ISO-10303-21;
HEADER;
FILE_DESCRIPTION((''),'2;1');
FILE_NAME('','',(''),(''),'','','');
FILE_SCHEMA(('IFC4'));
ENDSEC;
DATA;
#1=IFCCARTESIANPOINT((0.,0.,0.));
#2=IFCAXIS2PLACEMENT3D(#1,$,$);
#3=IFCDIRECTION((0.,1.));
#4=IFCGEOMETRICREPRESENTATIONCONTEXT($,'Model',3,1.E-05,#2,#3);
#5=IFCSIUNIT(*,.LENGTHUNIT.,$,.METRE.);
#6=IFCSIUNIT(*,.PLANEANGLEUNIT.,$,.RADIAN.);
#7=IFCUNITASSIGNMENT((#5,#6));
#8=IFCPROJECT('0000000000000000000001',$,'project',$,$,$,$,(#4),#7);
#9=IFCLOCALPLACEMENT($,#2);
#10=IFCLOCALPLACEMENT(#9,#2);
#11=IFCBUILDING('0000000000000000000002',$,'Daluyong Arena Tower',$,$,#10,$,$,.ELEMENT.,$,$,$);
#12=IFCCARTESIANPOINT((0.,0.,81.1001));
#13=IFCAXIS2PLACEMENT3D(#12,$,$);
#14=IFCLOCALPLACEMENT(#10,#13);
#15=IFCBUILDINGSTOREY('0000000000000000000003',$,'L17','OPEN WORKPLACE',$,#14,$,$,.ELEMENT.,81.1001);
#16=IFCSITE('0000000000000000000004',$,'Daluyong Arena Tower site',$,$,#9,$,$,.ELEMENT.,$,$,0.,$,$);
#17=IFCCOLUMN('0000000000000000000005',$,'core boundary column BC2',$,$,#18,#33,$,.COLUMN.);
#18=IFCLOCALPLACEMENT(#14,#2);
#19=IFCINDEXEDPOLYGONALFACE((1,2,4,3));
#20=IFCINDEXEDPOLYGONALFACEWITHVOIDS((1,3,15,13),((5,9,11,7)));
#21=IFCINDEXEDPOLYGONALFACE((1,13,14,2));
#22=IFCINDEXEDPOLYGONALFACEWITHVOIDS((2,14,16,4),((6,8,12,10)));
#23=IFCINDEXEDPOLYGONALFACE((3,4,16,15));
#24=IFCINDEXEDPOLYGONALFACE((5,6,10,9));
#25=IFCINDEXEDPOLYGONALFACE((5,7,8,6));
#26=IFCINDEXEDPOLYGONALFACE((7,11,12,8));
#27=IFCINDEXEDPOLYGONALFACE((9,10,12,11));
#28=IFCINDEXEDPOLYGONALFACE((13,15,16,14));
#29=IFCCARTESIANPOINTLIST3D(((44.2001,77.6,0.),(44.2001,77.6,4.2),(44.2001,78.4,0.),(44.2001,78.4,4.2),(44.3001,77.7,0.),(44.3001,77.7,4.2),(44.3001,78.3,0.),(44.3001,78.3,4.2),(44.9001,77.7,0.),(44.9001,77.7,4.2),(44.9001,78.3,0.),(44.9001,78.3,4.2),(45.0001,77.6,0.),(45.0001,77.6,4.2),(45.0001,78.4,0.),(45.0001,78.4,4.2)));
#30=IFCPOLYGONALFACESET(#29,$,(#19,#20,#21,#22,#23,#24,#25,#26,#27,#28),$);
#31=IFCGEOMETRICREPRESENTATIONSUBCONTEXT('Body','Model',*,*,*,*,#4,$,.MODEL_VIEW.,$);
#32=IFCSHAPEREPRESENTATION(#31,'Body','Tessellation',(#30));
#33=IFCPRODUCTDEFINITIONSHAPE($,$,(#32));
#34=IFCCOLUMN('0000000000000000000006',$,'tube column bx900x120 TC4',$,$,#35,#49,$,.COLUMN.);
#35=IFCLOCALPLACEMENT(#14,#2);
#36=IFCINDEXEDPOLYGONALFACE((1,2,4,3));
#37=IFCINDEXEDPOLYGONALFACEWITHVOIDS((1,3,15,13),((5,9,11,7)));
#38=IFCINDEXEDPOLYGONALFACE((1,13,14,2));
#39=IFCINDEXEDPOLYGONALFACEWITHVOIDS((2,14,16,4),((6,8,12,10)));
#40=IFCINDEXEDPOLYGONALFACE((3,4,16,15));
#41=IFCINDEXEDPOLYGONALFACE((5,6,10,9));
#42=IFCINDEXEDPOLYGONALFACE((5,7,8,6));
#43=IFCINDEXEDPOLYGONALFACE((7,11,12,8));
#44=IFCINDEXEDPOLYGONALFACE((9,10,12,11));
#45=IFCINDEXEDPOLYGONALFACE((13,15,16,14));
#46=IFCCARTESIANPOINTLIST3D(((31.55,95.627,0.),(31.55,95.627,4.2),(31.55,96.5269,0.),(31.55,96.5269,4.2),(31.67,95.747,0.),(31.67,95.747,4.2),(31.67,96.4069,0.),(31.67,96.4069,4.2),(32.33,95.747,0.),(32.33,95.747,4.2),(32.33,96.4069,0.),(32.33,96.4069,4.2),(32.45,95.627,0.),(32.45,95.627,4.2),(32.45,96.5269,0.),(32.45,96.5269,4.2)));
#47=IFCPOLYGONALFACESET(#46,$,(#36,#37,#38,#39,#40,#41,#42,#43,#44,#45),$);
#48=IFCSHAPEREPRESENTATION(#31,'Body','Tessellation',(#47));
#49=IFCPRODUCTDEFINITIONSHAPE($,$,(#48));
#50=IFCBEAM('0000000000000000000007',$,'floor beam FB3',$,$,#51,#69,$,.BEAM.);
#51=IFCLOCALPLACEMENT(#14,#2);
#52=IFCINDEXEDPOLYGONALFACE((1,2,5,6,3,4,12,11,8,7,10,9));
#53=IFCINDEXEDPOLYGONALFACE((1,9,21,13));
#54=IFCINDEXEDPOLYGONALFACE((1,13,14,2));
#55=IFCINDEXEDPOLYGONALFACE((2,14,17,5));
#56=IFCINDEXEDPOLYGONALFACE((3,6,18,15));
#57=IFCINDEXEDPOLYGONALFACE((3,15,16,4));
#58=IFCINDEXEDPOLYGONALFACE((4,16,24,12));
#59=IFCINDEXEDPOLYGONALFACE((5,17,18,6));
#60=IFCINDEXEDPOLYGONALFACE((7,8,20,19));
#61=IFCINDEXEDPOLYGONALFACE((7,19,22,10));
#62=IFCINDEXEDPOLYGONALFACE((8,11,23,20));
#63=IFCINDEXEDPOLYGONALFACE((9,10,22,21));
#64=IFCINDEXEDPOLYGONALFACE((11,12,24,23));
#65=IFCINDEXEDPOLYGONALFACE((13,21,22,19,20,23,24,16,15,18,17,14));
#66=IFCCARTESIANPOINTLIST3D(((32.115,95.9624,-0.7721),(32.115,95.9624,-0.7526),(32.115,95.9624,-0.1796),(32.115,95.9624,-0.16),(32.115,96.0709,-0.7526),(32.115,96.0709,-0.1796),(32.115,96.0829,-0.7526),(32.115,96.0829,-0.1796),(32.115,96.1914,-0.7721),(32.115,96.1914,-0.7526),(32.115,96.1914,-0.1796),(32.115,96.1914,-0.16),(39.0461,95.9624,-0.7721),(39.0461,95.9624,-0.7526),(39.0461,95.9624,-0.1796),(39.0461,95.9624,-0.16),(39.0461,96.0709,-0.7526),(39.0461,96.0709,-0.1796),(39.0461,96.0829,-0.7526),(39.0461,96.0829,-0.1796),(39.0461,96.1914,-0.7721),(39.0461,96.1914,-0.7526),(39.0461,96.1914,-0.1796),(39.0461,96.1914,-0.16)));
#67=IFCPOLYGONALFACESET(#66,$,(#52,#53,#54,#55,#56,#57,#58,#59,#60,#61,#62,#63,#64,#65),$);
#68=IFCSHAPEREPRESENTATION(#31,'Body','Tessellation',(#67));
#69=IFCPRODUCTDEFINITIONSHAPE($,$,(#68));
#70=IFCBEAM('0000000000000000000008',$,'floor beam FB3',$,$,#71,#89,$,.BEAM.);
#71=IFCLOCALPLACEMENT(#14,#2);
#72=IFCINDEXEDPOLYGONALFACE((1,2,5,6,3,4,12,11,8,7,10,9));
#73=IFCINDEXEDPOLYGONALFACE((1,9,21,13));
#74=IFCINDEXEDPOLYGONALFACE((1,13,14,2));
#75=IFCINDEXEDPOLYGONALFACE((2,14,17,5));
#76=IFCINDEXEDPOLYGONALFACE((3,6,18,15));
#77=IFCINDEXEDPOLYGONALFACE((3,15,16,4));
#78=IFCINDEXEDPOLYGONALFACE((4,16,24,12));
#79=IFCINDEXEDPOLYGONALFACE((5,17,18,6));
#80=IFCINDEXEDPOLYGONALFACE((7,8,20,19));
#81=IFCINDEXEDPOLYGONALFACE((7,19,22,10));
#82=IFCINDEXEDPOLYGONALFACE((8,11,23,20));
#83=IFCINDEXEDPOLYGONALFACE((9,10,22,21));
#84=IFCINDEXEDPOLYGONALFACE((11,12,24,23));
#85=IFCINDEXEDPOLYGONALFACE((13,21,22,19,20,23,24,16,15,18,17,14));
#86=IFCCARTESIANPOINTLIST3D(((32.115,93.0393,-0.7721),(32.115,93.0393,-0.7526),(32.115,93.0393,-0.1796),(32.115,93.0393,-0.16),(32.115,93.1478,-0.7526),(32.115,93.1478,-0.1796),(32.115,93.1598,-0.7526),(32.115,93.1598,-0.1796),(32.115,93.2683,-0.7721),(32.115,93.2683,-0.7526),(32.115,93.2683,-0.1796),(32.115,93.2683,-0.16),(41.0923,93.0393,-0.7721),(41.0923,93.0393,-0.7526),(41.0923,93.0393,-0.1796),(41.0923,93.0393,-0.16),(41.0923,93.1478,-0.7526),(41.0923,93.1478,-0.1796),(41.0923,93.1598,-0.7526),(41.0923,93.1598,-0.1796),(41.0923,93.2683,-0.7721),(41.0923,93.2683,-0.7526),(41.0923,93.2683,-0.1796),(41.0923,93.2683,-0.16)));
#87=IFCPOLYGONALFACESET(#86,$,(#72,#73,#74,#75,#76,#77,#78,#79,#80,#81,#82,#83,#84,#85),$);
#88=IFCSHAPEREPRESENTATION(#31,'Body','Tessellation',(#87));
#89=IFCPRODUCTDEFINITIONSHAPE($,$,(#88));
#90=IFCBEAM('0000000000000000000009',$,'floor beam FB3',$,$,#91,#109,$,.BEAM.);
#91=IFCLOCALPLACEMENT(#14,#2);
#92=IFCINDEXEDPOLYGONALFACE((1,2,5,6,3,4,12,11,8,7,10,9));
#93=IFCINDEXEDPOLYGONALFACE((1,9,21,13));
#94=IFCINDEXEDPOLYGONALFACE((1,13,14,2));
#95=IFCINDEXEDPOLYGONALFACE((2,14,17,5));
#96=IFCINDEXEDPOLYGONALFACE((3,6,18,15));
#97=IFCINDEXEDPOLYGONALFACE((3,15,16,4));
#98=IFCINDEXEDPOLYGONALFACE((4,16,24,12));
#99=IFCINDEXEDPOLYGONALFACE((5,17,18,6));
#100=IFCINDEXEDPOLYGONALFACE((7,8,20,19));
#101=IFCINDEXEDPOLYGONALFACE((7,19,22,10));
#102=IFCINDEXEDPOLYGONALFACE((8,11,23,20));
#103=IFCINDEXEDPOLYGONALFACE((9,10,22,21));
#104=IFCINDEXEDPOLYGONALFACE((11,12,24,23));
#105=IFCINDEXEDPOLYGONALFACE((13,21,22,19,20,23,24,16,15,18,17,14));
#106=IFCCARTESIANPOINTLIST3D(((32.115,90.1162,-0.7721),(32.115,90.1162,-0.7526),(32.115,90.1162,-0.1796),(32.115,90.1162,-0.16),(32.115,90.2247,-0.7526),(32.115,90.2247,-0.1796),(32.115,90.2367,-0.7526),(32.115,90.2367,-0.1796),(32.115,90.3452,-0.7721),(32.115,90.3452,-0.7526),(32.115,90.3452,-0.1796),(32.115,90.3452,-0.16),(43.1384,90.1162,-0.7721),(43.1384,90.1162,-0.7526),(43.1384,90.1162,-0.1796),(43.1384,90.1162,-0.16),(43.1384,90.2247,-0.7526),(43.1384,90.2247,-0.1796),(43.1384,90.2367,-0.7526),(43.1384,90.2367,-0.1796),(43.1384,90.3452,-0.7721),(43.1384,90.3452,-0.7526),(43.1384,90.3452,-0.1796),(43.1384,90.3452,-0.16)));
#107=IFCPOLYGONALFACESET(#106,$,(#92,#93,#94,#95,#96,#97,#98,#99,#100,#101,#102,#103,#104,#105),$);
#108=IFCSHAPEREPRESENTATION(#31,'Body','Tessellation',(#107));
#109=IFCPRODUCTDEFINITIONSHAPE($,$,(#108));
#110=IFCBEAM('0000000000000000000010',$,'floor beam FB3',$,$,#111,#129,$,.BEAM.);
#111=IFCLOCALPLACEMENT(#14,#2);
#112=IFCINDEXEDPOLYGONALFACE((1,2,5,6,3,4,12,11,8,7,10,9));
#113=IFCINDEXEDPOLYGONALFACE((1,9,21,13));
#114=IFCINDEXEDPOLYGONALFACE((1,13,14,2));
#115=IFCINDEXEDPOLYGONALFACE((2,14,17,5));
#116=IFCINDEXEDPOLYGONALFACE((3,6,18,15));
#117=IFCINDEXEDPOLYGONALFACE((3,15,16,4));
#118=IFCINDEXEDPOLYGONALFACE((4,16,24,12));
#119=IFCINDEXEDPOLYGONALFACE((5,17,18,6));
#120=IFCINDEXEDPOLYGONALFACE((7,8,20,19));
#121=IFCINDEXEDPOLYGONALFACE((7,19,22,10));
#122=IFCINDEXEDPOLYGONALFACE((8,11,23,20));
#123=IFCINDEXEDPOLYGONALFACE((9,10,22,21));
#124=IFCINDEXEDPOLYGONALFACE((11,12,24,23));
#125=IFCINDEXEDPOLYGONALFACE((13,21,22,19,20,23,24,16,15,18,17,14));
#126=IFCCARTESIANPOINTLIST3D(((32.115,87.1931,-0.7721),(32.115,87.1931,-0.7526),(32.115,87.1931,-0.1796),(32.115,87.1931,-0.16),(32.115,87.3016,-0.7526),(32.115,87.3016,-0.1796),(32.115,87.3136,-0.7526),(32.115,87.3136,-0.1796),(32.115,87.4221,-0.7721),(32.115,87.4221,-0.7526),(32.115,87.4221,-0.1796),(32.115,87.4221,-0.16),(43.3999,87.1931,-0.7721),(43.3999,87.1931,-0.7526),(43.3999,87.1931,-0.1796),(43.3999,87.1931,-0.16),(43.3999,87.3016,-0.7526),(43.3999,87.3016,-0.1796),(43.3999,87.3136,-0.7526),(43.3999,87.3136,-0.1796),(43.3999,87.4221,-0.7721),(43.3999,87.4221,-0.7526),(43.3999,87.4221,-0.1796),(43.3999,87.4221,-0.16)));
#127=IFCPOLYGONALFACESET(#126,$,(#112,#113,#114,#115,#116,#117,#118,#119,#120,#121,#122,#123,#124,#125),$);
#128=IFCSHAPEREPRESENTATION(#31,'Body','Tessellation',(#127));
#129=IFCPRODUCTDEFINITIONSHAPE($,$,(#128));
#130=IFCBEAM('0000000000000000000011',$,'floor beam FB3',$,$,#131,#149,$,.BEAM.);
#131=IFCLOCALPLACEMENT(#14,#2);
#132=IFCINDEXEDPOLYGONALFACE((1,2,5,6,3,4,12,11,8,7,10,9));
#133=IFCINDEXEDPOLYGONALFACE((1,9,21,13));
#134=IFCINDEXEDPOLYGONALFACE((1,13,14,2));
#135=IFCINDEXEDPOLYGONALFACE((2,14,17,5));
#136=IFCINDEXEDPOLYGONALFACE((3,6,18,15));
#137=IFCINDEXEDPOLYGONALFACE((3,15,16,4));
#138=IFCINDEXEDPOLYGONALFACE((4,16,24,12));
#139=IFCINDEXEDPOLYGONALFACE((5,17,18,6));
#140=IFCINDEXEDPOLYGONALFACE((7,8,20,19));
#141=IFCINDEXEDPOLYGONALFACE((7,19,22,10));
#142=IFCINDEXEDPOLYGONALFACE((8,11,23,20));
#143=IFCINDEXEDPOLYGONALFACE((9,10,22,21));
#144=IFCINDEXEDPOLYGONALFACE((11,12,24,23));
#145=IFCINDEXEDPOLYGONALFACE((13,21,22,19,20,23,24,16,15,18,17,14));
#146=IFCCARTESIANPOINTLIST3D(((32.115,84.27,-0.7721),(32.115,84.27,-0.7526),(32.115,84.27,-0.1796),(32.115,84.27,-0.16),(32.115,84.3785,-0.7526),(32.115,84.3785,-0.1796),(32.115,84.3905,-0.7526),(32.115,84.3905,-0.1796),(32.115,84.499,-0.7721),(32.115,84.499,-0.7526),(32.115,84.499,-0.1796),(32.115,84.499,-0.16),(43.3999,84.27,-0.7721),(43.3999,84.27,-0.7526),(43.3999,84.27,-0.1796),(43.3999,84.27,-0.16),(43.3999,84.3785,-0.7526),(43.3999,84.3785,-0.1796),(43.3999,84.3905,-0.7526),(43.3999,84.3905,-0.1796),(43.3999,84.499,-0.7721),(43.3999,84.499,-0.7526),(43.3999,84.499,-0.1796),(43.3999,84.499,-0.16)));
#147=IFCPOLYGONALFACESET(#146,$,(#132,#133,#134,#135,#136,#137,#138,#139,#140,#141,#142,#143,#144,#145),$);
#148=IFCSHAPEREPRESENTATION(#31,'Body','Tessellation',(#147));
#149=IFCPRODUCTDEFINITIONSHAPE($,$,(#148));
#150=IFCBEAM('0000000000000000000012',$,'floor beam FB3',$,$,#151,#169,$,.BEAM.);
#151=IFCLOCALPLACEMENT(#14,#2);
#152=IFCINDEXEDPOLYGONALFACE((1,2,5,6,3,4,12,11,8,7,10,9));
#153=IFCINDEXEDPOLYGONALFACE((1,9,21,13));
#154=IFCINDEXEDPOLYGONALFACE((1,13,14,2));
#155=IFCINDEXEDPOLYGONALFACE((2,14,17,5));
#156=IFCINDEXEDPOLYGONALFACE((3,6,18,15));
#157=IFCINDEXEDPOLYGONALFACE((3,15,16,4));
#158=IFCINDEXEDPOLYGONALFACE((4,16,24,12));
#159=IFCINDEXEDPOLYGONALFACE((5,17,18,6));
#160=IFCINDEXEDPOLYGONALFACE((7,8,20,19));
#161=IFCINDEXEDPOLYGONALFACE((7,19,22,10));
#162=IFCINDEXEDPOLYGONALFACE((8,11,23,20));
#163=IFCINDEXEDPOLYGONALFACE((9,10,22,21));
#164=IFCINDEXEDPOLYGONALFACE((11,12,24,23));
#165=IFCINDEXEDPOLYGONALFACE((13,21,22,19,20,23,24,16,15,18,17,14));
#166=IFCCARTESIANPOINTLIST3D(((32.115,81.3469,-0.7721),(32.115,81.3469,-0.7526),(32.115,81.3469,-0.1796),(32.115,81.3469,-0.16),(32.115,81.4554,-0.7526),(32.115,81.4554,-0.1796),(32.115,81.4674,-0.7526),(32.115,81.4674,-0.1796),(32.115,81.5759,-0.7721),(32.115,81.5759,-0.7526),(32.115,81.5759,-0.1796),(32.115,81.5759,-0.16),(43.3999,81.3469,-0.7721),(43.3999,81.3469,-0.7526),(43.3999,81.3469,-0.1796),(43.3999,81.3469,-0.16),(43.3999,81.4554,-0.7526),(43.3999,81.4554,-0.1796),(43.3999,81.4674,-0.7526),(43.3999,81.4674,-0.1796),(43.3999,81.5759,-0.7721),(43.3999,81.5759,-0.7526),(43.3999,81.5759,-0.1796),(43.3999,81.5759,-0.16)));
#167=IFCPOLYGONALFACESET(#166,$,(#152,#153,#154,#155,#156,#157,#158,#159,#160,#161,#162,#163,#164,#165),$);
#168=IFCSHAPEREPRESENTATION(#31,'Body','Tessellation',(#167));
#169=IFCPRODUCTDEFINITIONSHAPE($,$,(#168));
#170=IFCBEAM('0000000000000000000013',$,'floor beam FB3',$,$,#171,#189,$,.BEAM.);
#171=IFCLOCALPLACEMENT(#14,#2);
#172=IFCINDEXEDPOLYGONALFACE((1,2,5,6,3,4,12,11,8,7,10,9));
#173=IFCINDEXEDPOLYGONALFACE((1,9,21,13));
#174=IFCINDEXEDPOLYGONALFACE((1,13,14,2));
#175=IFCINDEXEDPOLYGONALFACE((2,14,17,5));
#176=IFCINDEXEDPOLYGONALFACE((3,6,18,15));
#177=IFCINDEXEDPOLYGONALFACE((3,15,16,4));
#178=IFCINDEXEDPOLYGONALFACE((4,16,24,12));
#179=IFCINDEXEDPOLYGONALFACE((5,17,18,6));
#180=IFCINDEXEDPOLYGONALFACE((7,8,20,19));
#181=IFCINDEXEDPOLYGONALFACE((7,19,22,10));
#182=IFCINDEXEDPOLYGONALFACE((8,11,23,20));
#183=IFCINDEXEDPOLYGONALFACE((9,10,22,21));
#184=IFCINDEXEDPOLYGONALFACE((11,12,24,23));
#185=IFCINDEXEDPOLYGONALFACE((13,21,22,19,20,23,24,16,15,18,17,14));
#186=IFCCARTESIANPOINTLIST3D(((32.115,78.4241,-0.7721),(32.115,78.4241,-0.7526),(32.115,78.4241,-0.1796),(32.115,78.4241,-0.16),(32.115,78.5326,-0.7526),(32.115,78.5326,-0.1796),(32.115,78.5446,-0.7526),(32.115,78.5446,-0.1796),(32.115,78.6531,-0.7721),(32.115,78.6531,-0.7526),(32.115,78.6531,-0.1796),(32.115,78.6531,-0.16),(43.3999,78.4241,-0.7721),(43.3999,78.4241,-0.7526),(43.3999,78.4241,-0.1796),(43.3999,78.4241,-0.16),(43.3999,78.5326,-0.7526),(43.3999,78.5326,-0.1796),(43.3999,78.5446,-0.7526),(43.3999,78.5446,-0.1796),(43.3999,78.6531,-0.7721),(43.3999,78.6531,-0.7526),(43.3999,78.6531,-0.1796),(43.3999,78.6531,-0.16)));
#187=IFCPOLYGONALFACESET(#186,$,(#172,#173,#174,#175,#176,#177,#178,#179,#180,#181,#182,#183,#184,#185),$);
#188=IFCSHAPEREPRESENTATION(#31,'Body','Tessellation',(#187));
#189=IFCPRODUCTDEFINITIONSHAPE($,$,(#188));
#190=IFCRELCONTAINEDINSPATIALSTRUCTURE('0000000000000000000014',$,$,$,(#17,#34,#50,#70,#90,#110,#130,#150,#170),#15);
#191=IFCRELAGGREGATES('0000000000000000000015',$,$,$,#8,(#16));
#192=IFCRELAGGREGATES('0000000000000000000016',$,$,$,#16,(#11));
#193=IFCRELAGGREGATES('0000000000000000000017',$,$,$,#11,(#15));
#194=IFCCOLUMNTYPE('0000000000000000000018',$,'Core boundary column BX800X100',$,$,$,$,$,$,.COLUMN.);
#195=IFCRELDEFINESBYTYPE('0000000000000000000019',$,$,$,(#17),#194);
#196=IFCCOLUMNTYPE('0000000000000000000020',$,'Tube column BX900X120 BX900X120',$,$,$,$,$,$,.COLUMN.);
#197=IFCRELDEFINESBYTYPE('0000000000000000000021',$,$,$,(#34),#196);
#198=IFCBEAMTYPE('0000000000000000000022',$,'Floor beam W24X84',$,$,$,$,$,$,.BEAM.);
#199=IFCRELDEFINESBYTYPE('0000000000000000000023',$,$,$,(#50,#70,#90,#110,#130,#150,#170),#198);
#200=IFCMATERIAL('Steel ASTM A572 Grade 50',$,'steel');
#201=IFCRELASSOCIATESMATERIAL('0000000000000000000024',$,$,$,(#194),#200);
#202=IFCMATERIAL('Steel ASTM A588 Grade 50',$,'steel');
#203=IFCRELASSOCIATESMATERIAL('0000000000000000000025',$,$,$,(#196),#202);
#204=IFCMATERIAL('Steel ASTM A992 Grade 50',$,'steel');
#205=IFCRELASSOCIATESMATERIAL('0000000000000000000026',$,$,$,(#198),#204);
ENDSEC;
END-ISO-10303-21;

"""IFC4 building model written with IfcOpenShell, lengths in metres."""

from ifc_helpers import new_model, si_unit, direction, frame, origin, origin_2d, place, context, subcontext, project, spatial, hollow_rectangle, i_section, extrude, material, material_profile, profile_set, type_object, element, save


model = new_model("IFC4")

# Units and contexts
model_context = context("Model", 3, precision=1e-05, world=origin(), true_north=direction((0.0, 1.0)))
body_context = subcontext(model_context, "Body", "Model", "MODEL_VIEW")
ifc_project = project(units=[si_unit("LENGTHUNIT", "METRE"), si_unit("PLANEANGLEUNIT", "RADIAN")], contexts=[model_context])

# Site, building, storey
site_placement = place(None, origin())
site = spatial("IfcSite", under=ifc_project, at=site_placement, Name="Daluyong Arena Tower site", CompositionType="ELEMENT", RefElevation=0.0)
building_placement = place(site_placement, origin())
building = spatial("IfcBuilding", under=site, at=building_placement, Name="Daluyong Arena Tower", CompositionType="ELEMENT")
storey_placement = place(building_placement, frame((0.0, 0.0, 81.1001)))
storey = spatial("IfcBuildingStorey", under=building, at=storey_placement, Name="L17", Description="OPEN WORKPLACE", CompositionType="ELEMENT", Elevation=81.1001)

# Columns
ifc_material_1 = material(Name="Steel ASTM A572 Grade 50", Category="steel")
ifc_material_profile_1 = material_profile(ifc_material_1, hollow_rectangle(XDim=0.8, YDim=0.8, WallThickness=0.1, at=origin_2d()))
ifc_profile_set_1 = profile_set([ifc_material_profile_1], Name="Steel ASTM A572 Grade 50")
column_type_1 = type_object("IfcColumnType", Name="Core boundary column BX800X100", PredefinedType="COLUMN", material=ifc_profile_set_1)
column_1_placement = place(storey_placement, frame((44.6001, 78.0, 0.0), z_axis=(0.0, 0.0, 1.0), x_axis=(1.0, 0.0, 0.0)))
element("IfcColumn", 1, at=column_1_placement, inside=storey, type_object=column_type_1, Name="core boundary column BC2", PredefinedType="COLUMN", context=body_context, shape_type="SweptSolid", body=[
    extrude(hollow_rectangle(XDim=0.8, YDim=0.8, WallThickness=0.1, at=origin_2d()), origin(), (0.0, 0.0, 1.0), 4.2),
])
ifc_material_2 = material(Name="Steel ASTM A588 Grade 50", Category="steel")
ifc_material_profile_2 = material_profile(ifc_material_2, hollow_rectangle(XDim=0.8999, YDim=0.8999, WallThickness=0.12, at=origin_2d()))
ifc_profile_set_2 = profile_set([ifc_material_profile_2], Name="Steel ASTM A588 Grade 50")
column_type_2 = type_object("IfcColumnType", Name="Tube column BX900X120 BX900X120", PredefinedType="COLUMN", material=ifc_profile_set_2)
column_2_placement = place(storey_placement, frame((32.0, 96.0769, 0.0), z_axis=(0.0, 0.0, 1.0), x_axis=(0.0, 1.0, 0.0)))
element("IfcColumn", 2, at=column_2_placement, inside=storey, type_object=column_type_2, Name="tube column bx900x120 TC4", PredefinedType="COLUMN", context=body_context, shape_type="SweptSolid", body=[
    extrude(hollow_rectangle(XDim=0.8999, YDim=0.8999, WallThickness=0.12, at=origin_2d()), origin(), (0.0, 0.0, 1.0), 4.2),
])

# Beams
ifc_material_3 = material(Name="Steel ASTM A992 Grade 50", Category="steel")
ifc_material_profile_3 = material_profile(ifc_material_3, i_section(OverallWidth=0.229, OverallDepth=0.6121, WebThickness=0.012, FlangeThickness=0.0195, at=origin_2d()))
ifc_profile_set_3 = profile_set([ifc_material_profile_3], Name="Steel ASTM A992 Grade 50")
beam_type_1 = type_object("IfcBeamType", Name="Floor beam W24X84", PredefinedType="BEAM", material=ifc_profile_set_3)
beam_1_placement = place(storey_placement, frame((32.115, 96.0769, -0.4661), z_axis=(1.0, 0.0, 0.0), x_axis=(0.0, 1.0, 0.0)))
element("IfcBeam", 3, at=beam_1_placement, inside=storey, type_object=beam_type_1, Name="floor beam FB3", PredefinedType="BEAM", context=body_context, shape_type="SweptSolid", body=[
    extrude(i_section(OverallWidth=0.229, OverallDepth=0.6121, WebThickness=0.012, FlangeThickness=0.0195, at=origin_2d()), origin(), (0.0, 0.0, 1.0), 6.9312),
])
beam_2_placement = place(storey_placement, frame((32.115, 93.1538, -0.4661), z_axis=(1.0, 0.0, 0.0), x_axis=(0.0, 1.0, 0.0)))
element("IfcBeam", 4, at=beam_2_placement, inside=storey, type_object=beam_type_1, Name="floor beam FB3", PredefinedType="BEAM", context=body_context, shape_type="SweptSolid", body=[
    extrude(i_section(OverallWidth=0.229, OverallDepth=0.6121, WebThickness=0.012, FlangeThickness=0.0195, at=origin_2d()), origin(), (0.0, 0.0, 1.0), 8.9773),
])
beam_3_placement = place(storey_placement, frame((32.115, 90.2307, -0.4661), z_axis=(1.0, 0.0, 0.0), x_axis=(0.0, 1.0, 0.0)))
element("IfcBeam", 5, at=beam_3_placement, inside=storey, type_object=beam_type_1, Name="floor beam FB3", PredefinedType="BEAM", context=body_context, shape_type="SweptSolid", body=[
    extrude(i_section(OverallWidth=0.229, OverallDepth=0.6121, WebThickness=0.012, FlangeThickness=0.0195, at=origin_2d()), origin(), (0.0, 0.0, 1.0), 11.0234),
])
for number, where, z_axis, x_axis, name in (
    (6, (32.115, 87.3076, -0.4661), (1.0, 0.0, 0.0), (0.0, 1.0, 0.0), "floor beam FB3"),
    (7, (32.115, 84.3845, -0.4661), (1.0, 0.0, 0.0), (0.0, 1.0, 0.0), "floor beam FB3"),
    (8, (32.115, 81.4614, -0.4661), (1.0, 0.0, 0.0), (0.0, 1.0, 0.0), "floor beam FB3"),
    (9, (32.115, 78.5386, -0.4661), (1.0, 0.0, 0.0), (0.0, 1.0, 0.0), "floor beam FB3"),
):
    element("IfcBeam", number, at=place(storey_placement, frame(where, z_axis=z_axis, x_axis=x_axis)), inside=storey, type_object=beam_type_1, Name=name, PredefinedType="BEAM", context=body_context, shape_type="SweptSolid", body=[
        extrude(i_section(OverallWidth=0.229, OverallDepth=0.6121, WebThickness=0.012, FlangeThickness=0.0195, at=origin_2d()), origin(), (0.0, 0.0, 1.0), 11.2849),
    ])

save(model, "model.ifc")
